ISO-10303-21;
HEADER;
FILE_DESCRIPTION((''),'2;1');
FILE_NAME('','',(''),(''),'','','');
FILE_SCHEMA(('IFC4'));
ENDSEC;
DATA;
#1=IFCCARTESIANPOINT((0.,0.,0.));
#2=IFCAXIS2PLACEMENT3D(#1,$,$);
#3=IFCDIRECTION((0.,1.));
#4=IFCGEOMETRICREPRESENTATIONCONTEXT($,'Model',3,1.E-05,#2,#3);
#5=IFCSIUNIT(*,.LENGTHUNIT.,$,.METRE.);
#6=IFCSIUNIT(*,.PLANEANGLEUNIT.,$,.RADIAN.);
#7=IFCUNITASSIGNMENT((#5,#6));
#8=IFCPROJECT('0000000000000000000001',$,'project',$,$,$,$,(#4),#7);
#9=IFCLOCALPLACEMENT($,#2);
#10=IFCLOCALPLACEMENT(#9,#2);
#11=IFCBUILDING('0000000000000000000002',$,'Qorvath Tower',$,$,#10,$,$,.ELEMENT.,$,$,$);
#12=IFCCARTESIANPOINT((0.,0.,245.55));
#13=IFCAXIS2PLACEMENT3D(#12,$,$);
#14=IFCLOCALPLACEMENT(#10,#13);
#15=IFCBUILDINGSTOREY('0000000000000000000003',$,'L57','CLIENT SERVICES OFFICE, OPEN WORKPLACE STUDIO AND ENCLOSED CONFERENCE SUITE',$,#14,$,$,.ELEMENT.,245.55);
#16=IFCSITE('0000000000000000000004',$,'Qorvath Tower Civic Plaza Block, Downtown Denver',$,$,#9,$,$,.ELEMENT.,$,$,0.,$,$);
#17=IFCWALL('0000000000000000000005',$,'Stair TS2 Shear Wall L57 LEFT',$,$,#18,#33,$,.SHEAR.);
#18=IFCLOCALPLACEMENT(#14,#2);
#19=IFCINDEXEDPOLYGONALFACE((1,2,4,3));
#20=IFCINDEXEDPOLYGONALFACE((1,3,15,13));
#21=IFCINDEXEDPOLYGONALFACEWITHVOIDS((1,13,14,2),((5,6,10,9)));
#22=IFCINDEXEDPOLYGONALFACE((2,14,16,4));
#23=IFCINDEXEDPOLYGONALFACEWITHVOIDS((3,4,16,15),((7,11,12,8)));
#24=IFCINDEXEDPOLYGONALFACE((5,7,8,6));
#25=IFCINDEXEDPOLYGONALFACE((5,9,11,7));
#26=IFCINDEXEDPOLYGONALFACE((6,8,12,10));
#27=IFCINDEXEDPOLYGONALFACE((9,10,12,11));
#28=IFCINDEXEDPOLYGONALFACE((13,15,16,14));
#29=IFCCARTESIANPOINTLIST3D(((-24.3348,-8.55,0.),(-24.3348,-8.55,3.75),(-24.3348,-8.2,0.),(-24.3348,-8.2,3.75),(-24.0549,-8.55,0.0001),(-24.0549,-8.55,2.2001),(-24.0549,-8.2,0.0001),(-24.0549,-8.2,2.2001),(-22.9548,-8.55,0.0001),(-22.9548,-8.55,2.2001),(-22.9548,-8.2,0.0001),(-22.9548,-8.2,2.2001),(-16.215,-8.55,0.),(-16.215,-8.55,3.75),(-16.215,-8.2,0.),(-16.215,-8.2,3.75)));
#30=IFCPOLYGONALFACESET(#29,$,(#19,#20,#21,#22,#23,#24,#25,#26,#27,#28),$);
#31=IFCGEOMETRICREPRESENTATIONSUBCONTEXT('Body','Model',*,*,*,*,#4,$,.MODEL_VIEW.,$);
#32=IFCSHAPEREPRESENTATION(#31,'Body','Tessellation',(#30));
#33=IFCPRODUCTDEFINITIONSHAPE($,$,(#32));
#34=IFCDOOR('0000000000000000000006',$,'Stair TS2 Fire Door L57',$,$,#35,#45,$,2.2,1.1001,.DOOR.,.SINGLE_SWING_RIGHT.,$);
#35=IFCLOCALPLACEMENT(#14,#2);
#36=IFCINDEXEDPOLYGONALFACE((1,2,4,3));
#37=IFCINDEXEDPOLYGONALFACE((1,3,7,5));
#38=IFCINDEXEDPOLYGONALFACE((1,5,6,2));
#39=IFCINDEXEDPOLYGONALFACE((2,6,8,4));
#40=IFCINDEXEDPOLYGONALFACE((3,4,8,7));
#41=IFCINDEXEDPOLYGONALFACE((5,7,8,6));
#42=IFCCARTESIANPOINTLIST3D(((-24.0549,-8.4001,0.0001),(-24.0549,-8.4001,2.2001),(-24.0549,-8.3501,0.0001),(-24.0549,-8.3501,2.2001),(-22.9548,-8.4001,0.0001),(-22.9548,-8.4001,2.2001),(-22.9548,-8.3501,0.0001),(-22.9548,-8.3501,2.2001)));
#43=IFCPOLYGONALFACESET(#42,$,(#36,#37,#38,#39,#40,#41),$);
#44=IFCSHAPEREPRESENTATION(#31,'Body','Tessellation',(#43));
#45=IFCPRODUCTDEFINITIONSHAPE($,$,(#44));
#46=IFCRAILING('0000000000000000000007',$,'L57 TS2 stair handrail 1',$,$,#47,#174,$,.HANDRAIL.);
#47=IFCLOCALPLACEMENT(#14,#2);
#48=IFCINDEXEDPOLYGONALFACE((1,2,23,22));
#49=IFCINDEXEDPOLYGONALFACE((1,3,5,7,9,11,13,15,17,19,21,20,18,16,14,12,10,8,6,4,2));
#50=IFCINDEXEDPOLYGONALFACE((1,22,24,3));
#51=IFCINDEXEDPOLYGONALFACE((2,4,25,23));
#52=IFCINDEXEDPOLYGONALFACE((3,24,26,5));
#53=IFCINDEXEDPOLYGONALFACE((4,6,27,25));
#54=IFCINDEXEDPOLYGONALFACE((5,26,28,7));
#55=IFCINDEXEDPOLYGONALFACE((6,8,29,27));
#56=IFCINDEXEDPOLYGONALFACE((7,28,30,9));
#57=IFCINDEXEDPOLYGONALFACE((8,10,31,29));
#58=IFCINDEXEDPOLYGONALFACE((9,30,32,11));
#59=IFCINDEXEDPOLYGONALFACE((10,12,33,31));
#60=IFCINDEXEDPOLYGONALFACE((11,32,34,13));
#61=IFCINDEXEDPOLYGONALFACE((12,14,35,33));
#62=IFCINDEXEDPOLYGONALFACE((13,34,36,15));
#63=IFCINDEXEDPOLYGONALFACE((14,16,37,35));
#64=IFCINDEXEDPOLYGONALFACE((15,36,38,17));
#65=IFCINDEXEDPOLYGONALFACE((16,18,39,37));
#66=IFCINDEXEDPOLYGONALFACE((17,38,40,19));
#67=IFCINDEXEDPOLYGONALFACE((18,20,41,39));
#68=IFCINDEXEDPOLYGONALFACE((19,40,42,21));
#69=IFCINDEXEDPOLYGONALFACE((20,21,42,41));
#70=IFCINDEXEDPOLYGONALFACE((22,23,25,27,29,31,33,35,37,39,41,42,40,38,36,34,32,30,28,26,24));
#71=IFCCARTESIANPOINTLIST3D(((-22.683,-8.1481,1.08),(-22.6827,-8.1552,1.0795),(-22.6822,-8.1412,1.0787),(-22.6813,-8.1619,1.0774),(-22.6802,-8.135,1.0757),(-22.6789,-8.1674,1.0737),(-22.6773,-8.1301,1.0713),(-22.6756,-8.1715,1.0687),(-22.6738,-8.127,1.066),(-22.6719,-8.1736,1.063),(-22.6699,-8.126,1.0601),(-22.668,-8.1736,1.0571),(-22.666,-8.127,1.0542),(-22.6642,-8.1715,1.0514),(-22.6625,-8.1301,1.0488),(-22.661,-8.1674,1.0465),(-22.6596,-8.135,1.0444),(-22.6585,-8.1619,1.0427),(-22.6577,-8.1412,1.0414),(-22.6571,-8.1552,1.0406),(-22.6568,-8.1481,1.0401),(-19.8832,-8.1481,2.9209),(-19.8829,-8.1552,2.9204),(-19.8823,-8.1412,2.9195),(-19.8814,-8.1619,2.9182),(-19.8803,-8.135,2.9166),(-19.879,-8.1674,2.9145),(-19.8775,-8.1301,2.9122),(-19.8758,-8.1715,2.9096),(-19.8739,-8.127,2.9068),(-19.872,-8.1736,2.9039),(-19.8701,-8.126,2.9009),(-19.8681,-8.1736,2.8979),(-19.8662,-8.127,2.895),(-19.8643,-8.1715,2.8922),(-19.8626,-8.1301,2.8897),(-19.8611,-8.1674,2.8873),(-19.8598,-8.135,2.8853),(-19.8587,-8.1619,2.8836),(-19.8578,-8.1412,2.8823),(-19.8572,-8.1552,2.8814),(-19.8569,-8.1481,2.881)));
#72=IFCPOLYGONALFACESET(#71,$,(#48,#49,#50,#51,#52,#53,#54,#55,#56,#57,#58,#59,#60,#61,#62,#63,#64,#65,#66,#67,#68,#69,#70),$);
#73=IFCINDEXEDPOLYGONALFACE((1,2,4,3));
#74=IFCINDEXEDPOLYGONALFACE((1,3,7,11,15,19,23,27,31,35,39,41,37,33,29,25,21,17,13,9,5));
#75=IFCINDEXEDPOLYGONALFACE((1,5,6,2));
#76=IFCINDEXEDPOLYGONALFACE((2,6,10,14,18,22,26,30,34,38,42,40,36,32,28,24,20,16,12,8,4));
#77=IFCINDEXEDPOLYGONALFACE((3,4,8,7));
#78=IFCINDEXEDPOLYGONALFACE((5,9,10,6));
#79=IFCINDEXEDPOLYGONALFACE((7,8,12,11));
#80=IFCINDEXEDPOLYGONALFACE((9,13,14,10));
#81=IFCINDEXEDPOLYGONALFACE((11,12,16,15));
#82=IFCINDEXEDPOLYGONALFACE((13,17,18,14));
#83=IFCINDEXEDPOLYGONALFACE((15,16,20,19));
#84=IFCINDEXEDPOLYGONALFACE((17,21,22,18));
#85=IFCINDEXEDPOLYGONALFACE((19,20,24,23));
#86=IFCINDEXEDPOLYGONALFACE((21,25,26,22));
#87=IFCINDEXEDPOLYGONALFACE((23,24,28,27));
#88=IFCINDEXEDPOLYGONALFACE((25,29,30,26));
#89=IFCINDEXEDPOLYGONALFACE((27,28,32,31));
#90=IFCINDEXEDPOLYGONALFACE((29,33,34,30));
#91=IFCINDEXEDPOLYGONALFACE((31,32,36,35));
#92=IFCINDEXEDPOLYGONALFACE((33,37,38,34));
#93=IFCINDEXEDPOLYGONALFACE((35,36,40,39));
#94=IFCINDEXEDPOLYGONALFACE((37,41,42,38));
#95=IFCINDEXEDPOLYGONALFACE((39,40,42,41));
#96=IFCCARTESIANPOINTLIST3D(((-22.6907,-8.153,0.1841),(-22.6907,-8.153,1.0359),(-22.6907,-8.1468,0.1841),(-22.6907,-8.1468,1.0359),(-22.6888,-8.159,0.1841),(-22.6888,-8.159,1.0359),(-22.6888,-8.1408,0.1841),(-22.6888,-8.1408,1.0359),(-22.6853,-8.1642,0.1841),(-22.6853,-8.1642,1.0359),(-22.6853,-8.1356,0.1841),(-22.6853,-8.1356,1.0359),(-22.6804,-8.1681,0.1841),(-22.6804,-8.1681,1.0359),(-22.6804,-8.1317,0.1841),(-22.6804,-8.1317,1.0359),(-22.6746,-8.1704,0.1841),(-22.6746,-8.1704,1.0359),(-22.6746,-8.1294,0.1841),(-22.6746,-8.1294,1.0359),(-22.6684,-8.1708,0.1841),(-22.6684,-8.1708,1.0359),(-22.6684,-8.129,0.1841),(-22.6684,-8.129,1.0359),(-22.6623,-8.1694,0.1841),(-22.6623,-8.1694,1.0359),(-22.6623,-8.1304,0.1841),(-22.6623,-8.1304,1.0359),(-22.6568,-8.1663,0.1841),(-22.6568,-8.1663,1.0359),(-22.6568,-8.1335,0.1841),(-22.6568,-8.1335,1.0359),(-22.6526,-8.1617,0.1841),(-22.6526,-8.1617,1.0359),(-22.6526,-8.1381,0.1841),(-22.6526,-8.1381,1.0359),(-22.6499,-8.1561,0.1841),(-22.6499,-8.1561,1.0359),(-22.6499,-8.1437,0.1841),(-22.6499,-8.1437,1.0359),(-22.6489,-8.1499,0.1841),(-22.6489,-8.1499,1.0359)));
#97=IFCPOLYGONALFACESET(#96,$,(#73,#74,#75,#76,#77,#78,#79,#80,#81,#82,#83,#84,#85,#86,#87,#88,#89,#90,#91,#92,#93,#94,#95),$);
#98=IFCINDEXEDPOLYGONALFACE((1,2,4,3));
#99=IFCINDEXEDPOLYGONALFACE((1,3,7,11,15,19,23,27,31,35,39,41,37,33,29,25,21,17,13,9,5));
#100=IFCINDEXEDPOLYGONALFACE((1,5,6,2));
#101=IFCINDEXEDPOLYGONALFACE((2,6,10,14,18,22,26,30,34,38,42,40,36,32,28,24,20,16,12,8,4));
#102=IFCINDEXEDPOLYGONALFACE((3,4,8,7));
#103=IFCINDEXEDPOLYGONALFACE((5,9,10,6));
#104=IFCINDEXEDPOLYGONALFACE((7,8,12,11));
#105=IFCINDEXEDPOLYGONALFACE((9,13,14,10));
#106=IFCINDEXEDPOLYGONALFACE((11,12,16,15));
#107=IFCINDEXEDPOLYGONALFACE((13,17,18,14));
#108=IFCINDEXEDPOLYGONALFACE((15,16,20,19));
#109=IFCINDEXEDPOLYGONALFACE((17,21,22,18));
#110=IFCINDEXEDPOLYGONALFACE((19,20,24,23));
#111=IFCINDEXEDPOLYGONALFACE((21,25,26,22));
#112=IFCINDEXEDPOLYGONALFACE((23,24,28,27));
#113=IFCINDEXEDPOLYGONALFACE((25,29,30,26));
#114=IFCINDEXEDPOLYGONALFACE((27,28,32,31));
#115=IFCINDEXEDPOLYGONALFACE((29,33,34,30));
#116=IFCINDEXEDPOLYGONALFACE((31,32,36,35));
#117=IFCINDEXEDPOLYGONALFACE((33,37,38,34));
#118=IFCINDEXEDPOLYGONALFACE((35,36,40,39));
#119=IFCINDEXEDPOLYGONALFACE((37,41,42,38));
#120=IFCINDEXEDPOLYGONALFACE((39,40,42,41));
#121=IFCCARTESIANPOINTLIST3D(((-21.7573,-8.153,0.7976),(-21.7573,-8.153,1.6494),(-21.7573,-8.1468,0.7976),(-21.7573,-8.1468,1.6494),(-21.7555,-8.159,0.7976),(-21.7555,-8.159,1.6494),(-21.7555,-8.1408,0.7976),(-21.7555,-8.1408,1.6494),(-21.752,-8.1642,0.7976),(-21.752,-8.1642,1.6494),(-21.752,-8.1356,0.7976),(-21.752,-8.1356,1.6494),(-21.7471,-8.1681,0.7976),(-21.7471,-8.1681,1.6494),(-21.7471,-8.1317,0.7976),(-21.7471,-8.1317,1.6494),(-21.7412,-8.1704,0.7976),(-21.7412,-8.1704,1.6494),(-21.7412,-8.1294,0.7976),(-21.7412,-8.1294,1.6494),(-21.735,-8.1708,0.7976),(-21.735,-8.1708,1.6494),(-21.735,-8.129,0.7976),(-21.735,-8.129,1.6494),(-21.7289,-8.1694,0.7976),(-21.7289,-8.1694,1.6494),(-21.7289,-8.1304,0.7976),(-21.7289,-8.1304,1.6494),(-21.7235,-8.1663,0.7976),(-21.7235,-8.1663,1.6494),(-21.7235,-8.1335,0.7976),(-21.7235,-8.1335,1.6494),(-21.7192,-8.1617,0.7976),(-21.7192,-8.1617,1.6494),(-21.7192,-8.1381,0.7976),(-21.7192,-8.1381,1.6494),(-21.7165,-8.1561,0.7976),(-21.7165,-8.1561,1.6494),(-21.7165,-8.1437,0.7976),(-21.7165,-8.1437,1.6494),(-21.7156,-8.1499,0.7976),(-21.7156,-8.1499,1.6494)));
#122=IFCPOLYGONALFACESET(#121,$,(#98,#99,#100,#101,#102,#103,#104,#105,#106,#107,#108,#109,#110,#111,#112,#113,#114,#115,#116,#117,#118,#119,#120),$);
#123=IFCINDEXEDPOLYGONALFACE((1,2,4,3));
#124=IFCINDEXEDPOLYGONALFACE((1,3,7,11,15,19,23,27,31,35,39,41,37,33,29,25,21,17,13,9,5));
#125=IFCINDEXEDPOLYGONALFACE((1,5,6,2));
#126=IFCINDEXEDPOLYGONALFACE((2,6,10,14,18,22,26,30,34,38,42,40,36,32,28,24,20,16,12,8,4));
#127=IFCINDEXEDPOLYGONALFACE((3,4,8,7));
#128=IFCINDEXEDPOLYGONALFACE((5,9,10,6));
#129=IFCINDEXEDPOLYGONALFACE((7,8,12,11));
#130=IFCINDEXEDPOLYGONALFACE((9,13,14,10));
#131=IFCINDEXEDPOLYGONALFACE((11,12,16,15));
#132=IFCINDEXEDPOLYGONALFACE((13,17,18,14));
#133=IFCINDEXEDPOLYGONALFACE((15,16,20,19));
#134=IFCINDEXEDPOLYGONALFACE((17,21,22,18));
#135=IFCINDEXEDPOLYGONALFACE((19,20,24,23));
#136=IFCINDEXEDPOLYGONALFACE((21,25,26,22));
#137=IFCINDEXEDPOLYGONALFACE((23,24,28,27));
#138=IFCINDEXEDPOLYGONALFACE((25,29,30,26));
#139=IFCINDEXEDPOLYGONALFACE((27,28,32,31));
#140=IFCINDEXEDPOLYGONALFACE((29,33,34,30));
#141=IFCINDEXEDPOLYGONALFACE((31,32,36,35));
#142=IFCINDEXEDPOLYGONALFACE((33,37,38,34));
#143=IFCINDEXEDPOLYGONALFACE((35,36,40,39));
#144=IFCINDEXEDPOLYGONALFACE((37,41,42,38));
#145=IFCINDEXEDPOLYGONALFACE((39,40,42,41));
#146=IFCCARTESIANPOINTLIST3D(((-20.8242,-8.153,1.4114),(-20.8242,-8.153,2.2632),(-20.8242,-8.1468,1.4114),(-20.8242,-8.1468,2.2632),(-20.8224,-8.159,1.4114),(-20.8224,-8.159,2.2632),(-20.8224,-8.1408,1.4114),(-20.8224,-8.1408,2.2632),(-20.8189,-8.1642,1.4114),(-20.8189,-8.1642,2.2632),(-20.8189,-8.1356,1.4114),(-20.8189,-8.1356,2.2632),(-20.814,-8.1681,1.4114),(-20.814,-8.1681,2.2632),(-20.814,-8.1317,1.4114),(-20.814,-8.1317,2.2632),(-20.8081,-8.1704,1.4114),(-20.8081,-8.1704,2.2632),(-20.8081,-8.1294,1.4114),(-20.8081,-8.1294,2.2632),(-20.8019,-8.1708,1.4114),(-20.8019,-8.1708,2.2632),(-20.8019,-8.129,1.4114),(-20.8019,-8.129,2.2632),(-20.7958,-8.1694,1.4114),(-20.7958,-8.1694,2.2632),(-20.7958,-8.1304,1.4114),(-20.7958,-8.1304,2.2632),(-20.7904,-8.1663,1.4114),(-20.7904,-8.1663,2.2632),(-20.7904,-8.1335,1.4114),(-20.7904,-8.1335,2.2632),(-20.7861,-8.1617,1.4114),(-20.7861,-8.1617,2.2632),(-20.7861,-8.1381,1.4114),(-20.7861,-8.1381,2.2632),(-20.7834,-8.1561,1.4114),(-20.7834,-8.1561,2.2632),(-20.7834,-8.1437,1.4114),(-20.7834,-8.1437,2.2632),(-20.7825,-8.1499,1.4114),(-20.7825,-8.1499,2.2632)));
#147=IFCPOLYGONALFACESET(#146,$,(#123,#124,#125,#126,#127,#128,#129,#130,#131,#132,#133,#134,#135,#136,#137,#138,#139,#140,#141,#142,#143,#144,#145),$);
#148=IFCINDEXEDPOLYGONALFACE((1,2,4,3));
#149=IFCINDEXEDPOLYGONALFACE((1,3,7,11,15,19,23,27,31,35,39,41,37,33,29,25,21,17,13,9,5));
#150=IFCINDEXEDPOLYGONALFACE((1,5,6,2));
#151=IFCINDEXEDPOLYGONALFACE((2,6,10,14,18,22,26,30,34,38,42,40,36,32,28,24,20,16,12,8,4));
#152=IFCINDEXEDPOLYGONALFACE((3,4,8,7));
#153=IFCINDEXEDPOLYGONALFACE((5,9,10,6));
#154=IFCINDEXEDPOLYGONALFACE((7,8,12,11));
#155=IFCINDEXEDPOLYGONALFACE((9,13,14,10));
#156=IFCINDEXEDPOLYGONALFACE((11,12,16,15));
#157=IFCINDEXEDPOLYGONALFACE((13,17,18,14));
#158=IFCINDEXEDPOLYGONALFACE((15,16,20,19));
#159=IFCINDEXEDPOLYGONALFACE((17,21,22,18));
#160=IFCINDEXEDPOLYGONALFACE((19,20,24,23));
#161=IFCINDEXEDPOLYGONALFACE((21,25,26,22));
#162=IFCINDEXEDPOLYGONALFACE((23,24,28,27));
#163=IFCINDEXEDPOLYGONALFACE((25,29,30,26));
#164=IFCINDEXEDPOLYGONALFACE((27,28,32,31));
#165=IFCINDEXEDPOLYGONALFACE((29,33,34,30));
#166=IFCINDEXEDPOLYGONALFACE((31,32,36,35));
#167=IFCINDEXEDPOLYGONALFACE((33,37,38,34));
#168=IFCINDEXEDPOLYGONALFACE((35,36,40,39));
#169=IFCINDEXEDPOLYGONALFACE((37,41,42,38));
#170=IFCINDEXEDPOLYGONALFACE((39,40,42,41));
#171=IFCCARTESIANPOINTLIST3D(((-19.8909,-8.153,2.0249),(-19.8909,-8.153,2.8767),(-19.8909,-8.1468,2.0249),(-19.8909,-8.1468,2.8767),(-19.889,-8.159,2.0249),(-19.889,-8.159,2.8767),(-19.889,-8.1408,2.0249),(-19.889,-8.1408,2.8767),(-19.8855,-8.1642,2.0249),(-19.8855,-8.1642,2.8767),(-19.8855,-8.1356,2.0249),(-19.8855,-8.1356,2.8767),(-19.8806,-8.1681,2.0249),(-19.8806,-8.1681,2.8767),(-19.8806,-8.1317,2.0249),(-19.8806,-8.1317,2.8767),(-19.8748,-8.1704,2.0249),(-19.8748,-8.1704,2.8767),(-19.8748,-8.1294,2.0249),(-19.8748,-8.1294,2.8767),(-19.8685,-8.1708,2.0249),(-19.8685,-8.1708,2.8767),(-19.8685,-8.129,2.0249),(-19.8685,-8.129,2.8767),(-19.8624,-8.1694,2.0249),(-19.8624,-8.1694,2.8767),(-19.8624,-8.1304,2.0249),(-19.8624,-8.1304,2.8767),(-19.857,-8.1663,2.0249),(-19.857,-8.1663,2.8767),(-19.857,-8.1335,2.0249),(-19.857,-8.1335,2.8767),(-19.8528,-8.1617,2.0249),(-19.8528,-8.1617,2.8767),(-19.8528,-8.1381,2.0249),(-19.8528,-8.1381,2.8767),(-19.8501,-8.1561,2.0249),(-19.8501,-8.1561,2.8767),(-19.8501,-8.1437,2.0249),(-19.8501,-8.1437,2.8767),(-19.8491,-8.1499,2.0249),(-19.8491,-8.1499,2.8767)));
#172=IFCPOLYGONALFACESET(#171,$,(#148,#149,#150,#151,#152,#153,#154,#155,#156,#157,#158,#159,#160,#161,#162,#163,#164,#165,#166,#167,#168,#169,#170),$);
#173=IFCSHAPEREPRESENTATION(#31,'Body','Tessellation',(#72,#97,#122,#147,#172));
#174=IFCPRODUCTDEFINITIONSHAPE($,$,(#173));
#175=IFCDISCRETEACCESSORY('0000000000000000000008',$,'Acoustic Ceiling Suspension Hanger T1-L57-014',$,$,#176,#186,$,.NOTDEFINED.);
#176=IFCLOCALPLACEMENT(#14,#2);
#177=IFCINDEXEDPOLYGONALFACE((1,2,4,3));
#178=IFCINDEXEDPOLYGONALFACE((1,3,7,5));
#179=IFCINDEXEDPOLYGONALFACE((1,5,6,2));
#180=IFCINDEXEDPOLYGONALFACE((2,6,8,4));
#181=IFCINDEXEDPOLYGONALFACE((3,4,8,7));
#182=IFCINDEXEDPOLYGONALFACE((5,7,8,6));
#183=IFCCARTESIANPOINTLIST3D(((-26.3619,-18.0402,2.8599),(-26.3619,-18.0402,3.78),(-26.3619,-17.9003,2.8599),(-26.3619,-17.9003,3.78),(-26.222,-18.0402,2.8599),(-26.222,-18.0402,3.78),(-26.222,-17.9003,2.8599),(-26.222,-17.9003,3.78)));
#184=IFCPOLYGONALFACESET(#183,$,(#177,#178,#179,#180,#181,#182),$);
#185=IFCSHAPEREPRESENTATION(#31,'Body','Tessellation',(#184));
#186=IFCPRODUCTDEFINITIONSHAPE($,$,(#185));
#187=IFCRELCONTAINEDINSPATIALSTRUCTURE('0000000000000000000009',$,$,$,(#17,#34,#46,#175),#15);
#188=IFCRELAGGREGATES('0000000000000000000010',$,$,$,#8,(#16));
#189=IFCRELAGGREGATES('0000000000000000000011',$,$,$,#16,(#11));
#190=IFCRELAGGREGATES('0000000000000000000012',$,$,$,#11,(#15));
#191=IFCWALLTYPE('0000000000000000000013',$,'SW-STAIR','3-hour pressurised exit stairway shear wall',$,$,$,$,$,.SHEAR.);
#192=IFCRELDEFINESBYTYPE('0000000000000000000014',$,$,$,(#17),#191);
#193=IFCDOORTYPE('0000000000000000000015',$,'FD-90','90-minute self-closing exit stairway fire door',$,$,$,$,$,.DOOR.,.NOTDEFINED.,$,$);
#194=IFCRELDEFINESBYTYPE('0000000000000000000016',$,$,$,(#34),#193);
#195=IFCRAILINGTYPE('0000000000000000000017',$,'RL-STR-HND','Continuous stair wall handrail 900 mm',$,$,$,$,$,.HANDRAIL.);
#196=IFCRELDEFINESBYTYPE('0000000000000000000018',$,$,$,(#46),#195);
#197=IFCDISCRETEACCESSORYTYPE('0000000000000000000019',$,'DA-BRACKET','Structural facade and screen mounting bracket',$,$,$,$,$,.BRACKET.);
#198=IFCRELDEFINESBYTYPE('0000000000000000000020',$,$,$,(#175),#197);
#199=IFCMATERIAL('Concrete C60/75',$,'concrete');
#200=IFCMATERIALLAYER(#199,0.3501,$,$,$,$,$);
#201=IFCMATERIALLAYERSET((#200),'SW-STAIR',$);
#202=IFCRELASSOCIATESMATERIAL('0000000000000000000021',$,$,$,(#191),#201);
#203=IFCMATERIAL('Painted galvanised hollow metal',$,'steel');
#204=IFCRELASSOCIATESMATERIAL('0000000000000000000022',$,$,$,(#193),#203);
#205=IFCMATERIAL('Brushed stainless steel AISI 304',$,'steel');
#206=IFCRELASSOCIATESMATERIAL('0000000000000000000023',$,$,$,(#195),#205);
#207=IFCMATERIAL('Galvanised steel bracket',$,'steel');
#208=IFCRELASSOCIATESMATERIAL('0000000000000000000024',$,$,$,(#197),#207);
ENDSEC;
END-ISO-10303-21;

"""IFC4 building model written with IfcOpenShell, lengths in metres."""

from ifc_helpers import new_model, si_unit, direction, frame, frame_2d, origin, origin_2d, place, context, subcontext, project, spatial, rectangle, circle, extrude, material, layer, layer_set, type_object, element, fill, save


model = new_model("IFC4")

# Units and contexts
model_context = context("Model", 3, precision=1e-05, world=origin(), true_north=direction((0.0, 1.0)))
body_context = subcontext(model_context, "Body", "Model", "MODEL_VIEW")
ifc_project = project(units=[si_unit("LENGTHUNIT", "METRE"), si_unit("PLANEANGLEUNIT", "RADIAN")], contexts=[model_context])

# Site, building, storey
site_placement = place(None, origin())
site = spatial("IfcSite", under=ifc_project, at=site_placement, Name="Qorvath Tower Civic Plaza Block, Downtown Denver", CompositionType="ELEMENT", RefElevation=0.0)
building_placement = place(site_placement, origin())
building = spatial("IfcBuilding", under=site, at=building_placement, Name="Qorvath Tower", CompositionType="ELEMENT")
storey_placement = place(building_placement, frame((0.0, 0.0, 245.55)))
storey = spatial("IfcBuildingStorey", under=building, at=storey_placement, Name="L57", Description="CLIENT SERVICES OFFICE, OPEN WORKPLACE STUDIO AND ENCLOSED CONFERENCE SUITE", CompositionType="ELEMENT", Elevation=245.55)

# Wall, opening, door
ifc_material_1 = material(Name="Concrete C60/75", Category="concrete")
ifc_layer_1 = layer(ifc_material_1, 0.3501)
ifc_layer_set_1 = layer_set([ifc_layer_1], Name="SW-STAIR")
wall_type_1 = type_object("IfcWallType", Name="SW-STAIR", Description="3-hour pressurised exit stairway shear wall", PredefinedType="SHEAR", material=ifc_layer_set_1)
wall_1_placement = place(storey_placement, frame((-24.335, -8.375, 0.0), z_axis=(0.0, 0.0, 1.0), x_axis=(1.0, 0.0, 0.0)))
wall_1 = element("IfcWall", 1, at=wall_1_placement, inside=storey, type_object=wall_type_1, Name="Stair TS2 Shear Wall L57 LEFT", PredefinedType="SHEAR", context=body_context, shape_type="SweptSolid", body=[
    extrude(rectangle(XDim=8.1199, YDim=0.3501, at=frame_2d((4.0601, 0.0))), origin(), (0.0, 0.0, 1.0), 3.75),
])
opening_1_placement = place(wall_1_placement, frame((0.28, 0.0, 0.0)))
opening_1 = element("IfcOpeningElement", 2, at=opening_1_placement, cuts=wall_1, PredefinedType="OPENING", context=body_context, shape_type="SweptSolid", body=[
    extrude(rectangle(XDim=1.1001, YDim=2.2, at=frame_2d((0.55, 1.1001))), frame((0.0, 0.1851, 0.0), z_axis=(0.0, -1.0, 0.0), x_axis=(1.0, 0.0, 0.0)), (0.0, 0.0, 1.0), 0.3701),
])
ifc_material_2 = material(Name="Painted galvanised hollow metal", Category="steel")
door_type_1 = type_object("IfcDoorType", Name="FD-90", Description="90-minute self-closing exit stairway fire door", OperationType="NOTDEFINED", PredefinedType="DOOR", material=ifc_material_2)
door_1_placement = place(opening_1_placement, origin())
door_1 = element("IfcDoor", 3, at=door_1_placement, inside=storey, type_object=door_type_1, Name="Stair TS2 Fire Door L57", OperationType="SINGLE_SWING_RIGHT", OverallHeight=2.2, OverallWidth=1.1001, PredefinedType="DOOR", context=body_context, shape_type="SweptSolid", body=[
    extrude(rectangle(XDim=1.1001, YDim=2.2, at=frame_2d((0.55, 1.1001))), frame((0.0, 0.0249, 0.0), z_axis=(0.0, -1.0, 0.0), x_axis=(1.0, 0.0, 0.0)), (0.0, 0.0, 1.0), 0.05),
])
fill(opening_1, door_1)

# Railing
ifc_material_3 = material(Name="Brushed stainless steel AISI 304", Category="steel")
railing_type = type_object("IfcRailingType", Name="RL-STR-HND", Description="Continuous stair wall handrail 900 mm", PredefinedType="HANDRAIL", material=ifc_material_3)
railing_placement = place(storey_placement, frame((-22.6699, -8.1499, 0.1841)))
element("IfcRailing", 4, at=railing_placement, inside=storey, type_object=railing_type, Name="L57 TS2 stair handrail 1", PredefinedType="HANDRAIL", context=body_context, shape_type="SweptSolid", body=[
    extrude(circle(Radius=0.0239, at=origin_2d()), frame((0.0, 0.0, 0.876), z_axis=(0.835576, 0.0, 0.549376), x_axis=(0.0, 1.0, 0.0)), (0.0, 0.0, 1.0), 3.3508),
    extrude(circle(Radius=0.021, at=origin_2d()), origin(), (0.0, 0.0, 1.0), 0.8518),
    extrude(circle(Radius=0.021, at=origin_2d()), frame((0.9333, 0.0, 0.6135)), (0.0, 0.0, 1.0), 0.8518),
    extrude(circle(Radius=0.021, at=origin_2d()), frame((1.8665, 0.0, 1.2273)), (0.0, 0.0, 1.0), 0.8518),
    extrude(circle(Radius=0.021, at=origin_2d()), frame((2.7998, 0.0, 1.8408)), (0.0, 0.0, 1.0), 0.8518),
])

# Discrete accessory
ifc_material_4 = material(Name="Galvanised steel bracket", Category="steel")
discrete_accessory_type = type_object("IfcDiscreteAccessoryType", Name="DA-BRACKET", Description="Structural facade and screen mounting bracket", PredefinedType="BRACKET", material=ifc_material_4)
discrete_accessory_placement = place(storey_placement, frame((-26.292, -17.9702, 2.8599), z_axis=(0.0, 0.0, 1.0), x_axis=(1.0, 0.0, 0.0)))
element("IfcDiscreteAccessory", 5, at=discrete_accessory_placement, inside=storey, type_object=discrete_accessory_type, Name="Acoustic Ceiling Suspension Hanger T1-L57-014", PredefinedType="NOTDEFINED", context=body_context, shape_type="SweptSolid", body=[
    extrude(rectangle(XDim=0.1399, YDim=0.1399, at=origin_2d()), origin(), (0.0, 0.0, 1.0), 0.9202),
])

save(model, "model.ifc")
